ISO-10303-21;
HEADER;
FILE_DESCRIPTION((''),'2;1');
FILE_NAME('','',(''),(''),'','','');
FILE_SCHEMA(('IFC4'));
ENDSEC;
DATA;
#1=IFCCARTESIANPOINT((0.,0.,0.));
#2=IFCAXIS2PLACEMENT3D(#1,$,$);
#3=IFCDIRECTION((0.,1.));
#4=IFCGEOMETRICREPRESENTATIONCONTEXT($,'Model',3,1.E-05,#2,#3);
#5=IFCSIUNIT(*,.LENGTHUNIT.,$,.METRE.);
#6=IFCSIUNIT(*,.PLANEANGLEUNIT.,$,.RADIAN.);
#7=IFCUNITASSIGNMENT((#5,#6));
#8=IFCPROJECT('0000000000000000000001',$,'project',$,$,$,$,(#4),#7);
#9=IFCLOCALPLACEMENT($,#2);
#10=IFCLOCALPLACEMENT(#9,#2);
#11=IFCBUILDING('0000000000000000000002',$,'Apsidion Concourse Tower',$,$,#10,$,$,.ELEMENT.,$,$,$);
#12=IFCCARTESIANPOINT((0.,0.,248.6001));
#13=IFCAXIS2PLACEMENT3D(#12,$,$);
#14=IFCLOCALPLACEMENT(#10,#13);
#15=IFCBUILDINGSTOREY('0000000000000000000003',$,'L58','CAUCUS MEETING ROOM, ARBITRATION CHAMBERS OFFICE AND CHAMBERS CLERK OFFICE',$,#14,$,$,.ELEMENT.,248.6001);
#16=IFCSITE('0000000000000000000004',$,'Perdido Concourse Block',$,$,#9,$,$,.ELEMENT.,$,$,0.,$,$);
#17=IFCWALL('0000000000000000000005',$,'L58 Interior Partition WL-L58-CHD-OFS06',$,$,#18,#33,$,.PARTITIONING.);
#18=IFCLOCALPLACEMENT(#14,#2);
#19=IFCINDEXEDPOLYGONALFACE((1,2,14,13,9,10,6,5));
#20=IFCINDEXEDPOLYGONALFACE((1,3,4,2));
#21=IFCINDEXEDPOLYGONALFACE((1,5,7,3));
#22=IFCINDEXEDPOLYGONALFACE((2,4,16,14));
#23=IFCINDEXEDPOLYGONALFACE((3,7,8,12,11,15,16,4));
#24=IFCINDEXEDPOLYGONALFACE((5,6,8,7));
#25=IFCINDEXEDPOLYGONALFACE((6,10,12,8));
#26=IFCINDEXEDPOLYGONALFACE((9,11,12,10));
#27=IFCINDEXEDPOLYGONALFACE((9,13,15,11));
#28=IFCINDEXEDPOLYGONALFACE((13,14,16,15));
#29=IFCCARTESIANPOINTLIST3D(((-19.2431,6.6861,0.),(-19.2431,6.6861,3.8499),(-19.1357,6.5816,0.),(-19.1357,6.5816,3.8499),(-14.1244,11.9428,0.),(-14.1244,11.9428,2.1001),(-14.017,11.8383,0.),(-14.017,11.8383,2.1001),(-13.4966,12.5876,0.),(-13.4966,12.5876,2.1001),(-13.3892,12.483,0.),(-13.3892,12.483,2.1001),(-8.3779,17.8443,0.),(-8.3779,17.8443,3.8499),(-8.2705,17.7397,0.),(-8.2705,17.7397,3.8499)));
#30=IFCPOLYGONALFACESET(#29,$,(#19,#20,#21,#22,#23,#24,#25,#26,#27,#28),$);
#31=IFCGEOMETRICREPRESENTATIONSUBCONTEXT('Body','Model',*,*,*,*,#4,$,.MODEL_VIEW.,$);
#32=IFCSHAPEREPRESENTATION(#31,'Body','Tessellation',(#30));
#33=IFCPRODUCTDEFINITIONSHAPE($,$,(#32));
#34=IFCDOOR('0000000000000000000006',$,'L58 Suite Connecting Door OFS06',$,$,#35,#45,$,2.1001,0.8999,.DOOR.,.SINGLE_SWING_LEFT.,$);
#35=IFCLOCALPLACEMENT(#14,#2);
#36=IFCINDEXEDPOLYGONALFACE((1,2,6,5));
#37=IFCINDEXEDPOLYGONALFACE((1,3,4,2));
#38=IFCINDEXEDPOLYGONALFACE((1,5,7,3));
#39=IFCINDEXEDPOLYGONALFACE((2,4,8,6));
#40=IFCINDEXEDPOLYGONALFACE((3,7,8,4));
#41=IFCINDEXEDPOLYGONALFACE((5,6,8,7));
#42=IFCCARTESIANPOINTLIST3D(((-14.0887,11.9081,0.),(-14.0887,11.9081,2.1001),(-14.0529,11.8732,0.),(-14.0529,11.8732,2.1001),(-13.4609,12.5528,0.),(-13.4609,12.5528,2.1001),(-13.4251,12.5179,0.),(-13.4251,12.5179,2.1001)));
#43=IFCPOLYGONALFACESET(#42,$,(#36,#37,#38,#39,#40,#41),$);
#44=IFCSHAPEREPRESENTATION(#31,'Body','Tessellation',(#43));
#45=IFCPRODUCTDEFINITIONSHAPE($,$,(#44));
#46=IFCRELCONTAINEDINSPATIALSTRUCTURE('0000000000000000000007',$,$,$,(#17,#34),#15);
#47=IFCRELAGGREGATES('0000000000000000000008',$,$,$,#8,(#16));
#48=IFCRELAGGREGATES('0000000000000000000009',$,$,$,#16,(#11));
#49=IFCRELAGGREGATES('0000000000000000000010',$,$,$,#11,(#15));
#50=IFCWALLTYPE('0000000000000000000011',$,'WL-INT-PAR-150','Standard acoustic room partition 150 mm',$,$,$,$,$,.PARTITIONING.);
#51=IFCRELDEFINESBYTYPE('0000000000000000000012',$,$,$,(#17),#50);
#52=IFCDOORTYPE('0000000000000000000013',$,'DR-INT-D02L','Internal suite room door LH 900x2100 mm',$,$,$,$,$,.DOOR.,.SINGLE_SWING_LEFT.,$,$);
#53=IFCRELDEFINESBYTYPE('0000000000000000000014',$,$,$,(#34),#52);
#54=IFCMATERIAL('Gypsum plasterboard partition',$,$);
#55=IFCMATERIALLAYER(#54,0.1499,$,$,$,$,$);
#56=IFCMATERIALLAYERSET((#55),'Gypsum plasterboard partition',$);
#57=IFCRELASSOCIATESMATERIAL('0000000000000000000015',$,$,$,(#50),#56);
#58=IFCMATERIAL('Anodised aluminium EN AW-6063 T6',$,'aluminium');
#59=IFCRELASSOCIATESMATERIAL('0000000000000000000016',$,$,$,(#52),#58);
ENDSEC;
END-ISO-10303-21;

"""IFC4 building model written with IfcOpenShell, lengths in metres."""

from ifc_helpers import new_model, si_unit, direction, frame, frame_2d, origin, place, context, subcontext, project, spatial, rectangle, extrude, material, layer, layer_set, type_object, element, fill, save


model = new_model("IFC4")

# Units and contexts
model_context = context("Model", 3, precision=1e-05, world=origin(), true_north=direction((0.0, 1.0)))
body_context = subcontext(model_context, "Body", "Model", "MODEL_VIEW")
ifc_project = project(units=[si_unit("LENGTHUNIT", "METRE"), si_unit("PLANEANGLEUNIT", "RADIAN")], contexts=[model_context])

# Site, building, storey
site_placement = place(None, origin())
site = spatial("IfcSite", under=ifc_project, at=site_placement, Name="Perdido Concourse Block", CompositionType="ELEMENT", RefElevation=0.0)
building_placement = place(site_placement, origin())
building = spatial("IfcBuilding", under=site, at=building_placement, Name="Apsidion Concourse Tower", CompositionType="ELEMENT")
storey_placement = place(building_placement, frame((0.0, 0.0, 248.6001)))
storey = spatial("IfcBuildingStorey", under=building, at=storey_placement, Name="L58", Description="CAUCUS MEETING ROOM, ARBITRATION CHAMBERS OFFICE AND CHAMBERS CLERK OFFICE", CompositionType="ELEMENT", Elevation=248.6001)

# Shared definitions
ifc_material_1 = material(Name="Gypsum plasterboard partition")
ifc_layer_1 = layer(ifc_material_1, 0.1499)
ifc_layer_set_1 = layer_set([ifc_layer_1], Name="Gypsum plasterboard partition")
wall_type_1 = type_object("IfcWallType", Name="WL-INT-PAR-150", Description="Standard acoustic room partition 150 mm", PredefinedType="PARTITIONING", material=ifc_layer_set_1)

# Wall, opening, door
wall_1_placement = place(storey_placement, frame((-8.3242, 17.792, 0.0), z_axis=(0.0, 0.0, 1.0), x_axis=(-0.697639, -0.71645, 0.0)))
wall_1 = element("IfcWall", 1, at=wall_1_placement, inside=storey, type_object=wall_type_1, Name="L58 Interior Partition WL-L58-CHD-OFS06", PredefinedType="PARTITIONING", context=body_context, shape_type="SweptSolid", body=[
    extrude(rectangle(XDim=15.5742, YDim=0.1499, at=frame_2d((7.7871, 0.0))), origin(), (0.0, 0.0, 1.0), 3.8499),
])
opening_1_placement = place(wall_1_placement, frame((7.3372, 0.0, 0.0)))
opening_1 = element("IfcOpeningElement", 2, at=opening_1_placement, cuts=wall_1, PredefinedType="OPENING", context=body_context, shape_type="SweptSolid", body=[
    extrude(rectangle(XDim=0.8999, YDim=2.1001, at=frame_2d((0.45, 1.05))), frame((0.0, 0.085, 0.0), z_axis=(0.0, -1.0, 0.0), x_axis=(1.0, 0.0, 0.0)), (0.0, 0.0, 1.0), 0.1699),
])
ifc_material_2 = material(Name="Anodised aluminium EN AW-6063 T6", Category="aluminium")
door_type_1 = type_object("IfcDoorType", Name="DR-INT-D02L", Description="Internal suite room door LH 900x2100 mm", OperationType="SINGLE_SWING_LEFT", PredefinedType="DOOR", material=ifc_material_2)
door_1_placement = place(opening_1_placement, origin())
door_1 = element("IfcDoor", 3, at=door_1_placement, inside=storey, type_object=door_type_1, Name="L58 Suite Connecting Door OFS06", OperationType="SINGLE_SWING_LEFT", OverallHeight=2.1001, OverallWidth=0.8999, PredefinedType="DOOR", context=body_context, shape_type="SweptSolid", body=[
    extrude(rectangle(XDim=0.8999, YDim=2.1001, at=frame_2d((0.45, 1.05))), frame((0.0, 0.0249, 0.0), z_axis=(0.0, -1.0, 0.0), x_axis=(1.0, 0.0, 0.0)), (0.0, 0.0, 1.0), 0.05),
])
fill(opening_1, door_1)

save(model, "model.ifc")
